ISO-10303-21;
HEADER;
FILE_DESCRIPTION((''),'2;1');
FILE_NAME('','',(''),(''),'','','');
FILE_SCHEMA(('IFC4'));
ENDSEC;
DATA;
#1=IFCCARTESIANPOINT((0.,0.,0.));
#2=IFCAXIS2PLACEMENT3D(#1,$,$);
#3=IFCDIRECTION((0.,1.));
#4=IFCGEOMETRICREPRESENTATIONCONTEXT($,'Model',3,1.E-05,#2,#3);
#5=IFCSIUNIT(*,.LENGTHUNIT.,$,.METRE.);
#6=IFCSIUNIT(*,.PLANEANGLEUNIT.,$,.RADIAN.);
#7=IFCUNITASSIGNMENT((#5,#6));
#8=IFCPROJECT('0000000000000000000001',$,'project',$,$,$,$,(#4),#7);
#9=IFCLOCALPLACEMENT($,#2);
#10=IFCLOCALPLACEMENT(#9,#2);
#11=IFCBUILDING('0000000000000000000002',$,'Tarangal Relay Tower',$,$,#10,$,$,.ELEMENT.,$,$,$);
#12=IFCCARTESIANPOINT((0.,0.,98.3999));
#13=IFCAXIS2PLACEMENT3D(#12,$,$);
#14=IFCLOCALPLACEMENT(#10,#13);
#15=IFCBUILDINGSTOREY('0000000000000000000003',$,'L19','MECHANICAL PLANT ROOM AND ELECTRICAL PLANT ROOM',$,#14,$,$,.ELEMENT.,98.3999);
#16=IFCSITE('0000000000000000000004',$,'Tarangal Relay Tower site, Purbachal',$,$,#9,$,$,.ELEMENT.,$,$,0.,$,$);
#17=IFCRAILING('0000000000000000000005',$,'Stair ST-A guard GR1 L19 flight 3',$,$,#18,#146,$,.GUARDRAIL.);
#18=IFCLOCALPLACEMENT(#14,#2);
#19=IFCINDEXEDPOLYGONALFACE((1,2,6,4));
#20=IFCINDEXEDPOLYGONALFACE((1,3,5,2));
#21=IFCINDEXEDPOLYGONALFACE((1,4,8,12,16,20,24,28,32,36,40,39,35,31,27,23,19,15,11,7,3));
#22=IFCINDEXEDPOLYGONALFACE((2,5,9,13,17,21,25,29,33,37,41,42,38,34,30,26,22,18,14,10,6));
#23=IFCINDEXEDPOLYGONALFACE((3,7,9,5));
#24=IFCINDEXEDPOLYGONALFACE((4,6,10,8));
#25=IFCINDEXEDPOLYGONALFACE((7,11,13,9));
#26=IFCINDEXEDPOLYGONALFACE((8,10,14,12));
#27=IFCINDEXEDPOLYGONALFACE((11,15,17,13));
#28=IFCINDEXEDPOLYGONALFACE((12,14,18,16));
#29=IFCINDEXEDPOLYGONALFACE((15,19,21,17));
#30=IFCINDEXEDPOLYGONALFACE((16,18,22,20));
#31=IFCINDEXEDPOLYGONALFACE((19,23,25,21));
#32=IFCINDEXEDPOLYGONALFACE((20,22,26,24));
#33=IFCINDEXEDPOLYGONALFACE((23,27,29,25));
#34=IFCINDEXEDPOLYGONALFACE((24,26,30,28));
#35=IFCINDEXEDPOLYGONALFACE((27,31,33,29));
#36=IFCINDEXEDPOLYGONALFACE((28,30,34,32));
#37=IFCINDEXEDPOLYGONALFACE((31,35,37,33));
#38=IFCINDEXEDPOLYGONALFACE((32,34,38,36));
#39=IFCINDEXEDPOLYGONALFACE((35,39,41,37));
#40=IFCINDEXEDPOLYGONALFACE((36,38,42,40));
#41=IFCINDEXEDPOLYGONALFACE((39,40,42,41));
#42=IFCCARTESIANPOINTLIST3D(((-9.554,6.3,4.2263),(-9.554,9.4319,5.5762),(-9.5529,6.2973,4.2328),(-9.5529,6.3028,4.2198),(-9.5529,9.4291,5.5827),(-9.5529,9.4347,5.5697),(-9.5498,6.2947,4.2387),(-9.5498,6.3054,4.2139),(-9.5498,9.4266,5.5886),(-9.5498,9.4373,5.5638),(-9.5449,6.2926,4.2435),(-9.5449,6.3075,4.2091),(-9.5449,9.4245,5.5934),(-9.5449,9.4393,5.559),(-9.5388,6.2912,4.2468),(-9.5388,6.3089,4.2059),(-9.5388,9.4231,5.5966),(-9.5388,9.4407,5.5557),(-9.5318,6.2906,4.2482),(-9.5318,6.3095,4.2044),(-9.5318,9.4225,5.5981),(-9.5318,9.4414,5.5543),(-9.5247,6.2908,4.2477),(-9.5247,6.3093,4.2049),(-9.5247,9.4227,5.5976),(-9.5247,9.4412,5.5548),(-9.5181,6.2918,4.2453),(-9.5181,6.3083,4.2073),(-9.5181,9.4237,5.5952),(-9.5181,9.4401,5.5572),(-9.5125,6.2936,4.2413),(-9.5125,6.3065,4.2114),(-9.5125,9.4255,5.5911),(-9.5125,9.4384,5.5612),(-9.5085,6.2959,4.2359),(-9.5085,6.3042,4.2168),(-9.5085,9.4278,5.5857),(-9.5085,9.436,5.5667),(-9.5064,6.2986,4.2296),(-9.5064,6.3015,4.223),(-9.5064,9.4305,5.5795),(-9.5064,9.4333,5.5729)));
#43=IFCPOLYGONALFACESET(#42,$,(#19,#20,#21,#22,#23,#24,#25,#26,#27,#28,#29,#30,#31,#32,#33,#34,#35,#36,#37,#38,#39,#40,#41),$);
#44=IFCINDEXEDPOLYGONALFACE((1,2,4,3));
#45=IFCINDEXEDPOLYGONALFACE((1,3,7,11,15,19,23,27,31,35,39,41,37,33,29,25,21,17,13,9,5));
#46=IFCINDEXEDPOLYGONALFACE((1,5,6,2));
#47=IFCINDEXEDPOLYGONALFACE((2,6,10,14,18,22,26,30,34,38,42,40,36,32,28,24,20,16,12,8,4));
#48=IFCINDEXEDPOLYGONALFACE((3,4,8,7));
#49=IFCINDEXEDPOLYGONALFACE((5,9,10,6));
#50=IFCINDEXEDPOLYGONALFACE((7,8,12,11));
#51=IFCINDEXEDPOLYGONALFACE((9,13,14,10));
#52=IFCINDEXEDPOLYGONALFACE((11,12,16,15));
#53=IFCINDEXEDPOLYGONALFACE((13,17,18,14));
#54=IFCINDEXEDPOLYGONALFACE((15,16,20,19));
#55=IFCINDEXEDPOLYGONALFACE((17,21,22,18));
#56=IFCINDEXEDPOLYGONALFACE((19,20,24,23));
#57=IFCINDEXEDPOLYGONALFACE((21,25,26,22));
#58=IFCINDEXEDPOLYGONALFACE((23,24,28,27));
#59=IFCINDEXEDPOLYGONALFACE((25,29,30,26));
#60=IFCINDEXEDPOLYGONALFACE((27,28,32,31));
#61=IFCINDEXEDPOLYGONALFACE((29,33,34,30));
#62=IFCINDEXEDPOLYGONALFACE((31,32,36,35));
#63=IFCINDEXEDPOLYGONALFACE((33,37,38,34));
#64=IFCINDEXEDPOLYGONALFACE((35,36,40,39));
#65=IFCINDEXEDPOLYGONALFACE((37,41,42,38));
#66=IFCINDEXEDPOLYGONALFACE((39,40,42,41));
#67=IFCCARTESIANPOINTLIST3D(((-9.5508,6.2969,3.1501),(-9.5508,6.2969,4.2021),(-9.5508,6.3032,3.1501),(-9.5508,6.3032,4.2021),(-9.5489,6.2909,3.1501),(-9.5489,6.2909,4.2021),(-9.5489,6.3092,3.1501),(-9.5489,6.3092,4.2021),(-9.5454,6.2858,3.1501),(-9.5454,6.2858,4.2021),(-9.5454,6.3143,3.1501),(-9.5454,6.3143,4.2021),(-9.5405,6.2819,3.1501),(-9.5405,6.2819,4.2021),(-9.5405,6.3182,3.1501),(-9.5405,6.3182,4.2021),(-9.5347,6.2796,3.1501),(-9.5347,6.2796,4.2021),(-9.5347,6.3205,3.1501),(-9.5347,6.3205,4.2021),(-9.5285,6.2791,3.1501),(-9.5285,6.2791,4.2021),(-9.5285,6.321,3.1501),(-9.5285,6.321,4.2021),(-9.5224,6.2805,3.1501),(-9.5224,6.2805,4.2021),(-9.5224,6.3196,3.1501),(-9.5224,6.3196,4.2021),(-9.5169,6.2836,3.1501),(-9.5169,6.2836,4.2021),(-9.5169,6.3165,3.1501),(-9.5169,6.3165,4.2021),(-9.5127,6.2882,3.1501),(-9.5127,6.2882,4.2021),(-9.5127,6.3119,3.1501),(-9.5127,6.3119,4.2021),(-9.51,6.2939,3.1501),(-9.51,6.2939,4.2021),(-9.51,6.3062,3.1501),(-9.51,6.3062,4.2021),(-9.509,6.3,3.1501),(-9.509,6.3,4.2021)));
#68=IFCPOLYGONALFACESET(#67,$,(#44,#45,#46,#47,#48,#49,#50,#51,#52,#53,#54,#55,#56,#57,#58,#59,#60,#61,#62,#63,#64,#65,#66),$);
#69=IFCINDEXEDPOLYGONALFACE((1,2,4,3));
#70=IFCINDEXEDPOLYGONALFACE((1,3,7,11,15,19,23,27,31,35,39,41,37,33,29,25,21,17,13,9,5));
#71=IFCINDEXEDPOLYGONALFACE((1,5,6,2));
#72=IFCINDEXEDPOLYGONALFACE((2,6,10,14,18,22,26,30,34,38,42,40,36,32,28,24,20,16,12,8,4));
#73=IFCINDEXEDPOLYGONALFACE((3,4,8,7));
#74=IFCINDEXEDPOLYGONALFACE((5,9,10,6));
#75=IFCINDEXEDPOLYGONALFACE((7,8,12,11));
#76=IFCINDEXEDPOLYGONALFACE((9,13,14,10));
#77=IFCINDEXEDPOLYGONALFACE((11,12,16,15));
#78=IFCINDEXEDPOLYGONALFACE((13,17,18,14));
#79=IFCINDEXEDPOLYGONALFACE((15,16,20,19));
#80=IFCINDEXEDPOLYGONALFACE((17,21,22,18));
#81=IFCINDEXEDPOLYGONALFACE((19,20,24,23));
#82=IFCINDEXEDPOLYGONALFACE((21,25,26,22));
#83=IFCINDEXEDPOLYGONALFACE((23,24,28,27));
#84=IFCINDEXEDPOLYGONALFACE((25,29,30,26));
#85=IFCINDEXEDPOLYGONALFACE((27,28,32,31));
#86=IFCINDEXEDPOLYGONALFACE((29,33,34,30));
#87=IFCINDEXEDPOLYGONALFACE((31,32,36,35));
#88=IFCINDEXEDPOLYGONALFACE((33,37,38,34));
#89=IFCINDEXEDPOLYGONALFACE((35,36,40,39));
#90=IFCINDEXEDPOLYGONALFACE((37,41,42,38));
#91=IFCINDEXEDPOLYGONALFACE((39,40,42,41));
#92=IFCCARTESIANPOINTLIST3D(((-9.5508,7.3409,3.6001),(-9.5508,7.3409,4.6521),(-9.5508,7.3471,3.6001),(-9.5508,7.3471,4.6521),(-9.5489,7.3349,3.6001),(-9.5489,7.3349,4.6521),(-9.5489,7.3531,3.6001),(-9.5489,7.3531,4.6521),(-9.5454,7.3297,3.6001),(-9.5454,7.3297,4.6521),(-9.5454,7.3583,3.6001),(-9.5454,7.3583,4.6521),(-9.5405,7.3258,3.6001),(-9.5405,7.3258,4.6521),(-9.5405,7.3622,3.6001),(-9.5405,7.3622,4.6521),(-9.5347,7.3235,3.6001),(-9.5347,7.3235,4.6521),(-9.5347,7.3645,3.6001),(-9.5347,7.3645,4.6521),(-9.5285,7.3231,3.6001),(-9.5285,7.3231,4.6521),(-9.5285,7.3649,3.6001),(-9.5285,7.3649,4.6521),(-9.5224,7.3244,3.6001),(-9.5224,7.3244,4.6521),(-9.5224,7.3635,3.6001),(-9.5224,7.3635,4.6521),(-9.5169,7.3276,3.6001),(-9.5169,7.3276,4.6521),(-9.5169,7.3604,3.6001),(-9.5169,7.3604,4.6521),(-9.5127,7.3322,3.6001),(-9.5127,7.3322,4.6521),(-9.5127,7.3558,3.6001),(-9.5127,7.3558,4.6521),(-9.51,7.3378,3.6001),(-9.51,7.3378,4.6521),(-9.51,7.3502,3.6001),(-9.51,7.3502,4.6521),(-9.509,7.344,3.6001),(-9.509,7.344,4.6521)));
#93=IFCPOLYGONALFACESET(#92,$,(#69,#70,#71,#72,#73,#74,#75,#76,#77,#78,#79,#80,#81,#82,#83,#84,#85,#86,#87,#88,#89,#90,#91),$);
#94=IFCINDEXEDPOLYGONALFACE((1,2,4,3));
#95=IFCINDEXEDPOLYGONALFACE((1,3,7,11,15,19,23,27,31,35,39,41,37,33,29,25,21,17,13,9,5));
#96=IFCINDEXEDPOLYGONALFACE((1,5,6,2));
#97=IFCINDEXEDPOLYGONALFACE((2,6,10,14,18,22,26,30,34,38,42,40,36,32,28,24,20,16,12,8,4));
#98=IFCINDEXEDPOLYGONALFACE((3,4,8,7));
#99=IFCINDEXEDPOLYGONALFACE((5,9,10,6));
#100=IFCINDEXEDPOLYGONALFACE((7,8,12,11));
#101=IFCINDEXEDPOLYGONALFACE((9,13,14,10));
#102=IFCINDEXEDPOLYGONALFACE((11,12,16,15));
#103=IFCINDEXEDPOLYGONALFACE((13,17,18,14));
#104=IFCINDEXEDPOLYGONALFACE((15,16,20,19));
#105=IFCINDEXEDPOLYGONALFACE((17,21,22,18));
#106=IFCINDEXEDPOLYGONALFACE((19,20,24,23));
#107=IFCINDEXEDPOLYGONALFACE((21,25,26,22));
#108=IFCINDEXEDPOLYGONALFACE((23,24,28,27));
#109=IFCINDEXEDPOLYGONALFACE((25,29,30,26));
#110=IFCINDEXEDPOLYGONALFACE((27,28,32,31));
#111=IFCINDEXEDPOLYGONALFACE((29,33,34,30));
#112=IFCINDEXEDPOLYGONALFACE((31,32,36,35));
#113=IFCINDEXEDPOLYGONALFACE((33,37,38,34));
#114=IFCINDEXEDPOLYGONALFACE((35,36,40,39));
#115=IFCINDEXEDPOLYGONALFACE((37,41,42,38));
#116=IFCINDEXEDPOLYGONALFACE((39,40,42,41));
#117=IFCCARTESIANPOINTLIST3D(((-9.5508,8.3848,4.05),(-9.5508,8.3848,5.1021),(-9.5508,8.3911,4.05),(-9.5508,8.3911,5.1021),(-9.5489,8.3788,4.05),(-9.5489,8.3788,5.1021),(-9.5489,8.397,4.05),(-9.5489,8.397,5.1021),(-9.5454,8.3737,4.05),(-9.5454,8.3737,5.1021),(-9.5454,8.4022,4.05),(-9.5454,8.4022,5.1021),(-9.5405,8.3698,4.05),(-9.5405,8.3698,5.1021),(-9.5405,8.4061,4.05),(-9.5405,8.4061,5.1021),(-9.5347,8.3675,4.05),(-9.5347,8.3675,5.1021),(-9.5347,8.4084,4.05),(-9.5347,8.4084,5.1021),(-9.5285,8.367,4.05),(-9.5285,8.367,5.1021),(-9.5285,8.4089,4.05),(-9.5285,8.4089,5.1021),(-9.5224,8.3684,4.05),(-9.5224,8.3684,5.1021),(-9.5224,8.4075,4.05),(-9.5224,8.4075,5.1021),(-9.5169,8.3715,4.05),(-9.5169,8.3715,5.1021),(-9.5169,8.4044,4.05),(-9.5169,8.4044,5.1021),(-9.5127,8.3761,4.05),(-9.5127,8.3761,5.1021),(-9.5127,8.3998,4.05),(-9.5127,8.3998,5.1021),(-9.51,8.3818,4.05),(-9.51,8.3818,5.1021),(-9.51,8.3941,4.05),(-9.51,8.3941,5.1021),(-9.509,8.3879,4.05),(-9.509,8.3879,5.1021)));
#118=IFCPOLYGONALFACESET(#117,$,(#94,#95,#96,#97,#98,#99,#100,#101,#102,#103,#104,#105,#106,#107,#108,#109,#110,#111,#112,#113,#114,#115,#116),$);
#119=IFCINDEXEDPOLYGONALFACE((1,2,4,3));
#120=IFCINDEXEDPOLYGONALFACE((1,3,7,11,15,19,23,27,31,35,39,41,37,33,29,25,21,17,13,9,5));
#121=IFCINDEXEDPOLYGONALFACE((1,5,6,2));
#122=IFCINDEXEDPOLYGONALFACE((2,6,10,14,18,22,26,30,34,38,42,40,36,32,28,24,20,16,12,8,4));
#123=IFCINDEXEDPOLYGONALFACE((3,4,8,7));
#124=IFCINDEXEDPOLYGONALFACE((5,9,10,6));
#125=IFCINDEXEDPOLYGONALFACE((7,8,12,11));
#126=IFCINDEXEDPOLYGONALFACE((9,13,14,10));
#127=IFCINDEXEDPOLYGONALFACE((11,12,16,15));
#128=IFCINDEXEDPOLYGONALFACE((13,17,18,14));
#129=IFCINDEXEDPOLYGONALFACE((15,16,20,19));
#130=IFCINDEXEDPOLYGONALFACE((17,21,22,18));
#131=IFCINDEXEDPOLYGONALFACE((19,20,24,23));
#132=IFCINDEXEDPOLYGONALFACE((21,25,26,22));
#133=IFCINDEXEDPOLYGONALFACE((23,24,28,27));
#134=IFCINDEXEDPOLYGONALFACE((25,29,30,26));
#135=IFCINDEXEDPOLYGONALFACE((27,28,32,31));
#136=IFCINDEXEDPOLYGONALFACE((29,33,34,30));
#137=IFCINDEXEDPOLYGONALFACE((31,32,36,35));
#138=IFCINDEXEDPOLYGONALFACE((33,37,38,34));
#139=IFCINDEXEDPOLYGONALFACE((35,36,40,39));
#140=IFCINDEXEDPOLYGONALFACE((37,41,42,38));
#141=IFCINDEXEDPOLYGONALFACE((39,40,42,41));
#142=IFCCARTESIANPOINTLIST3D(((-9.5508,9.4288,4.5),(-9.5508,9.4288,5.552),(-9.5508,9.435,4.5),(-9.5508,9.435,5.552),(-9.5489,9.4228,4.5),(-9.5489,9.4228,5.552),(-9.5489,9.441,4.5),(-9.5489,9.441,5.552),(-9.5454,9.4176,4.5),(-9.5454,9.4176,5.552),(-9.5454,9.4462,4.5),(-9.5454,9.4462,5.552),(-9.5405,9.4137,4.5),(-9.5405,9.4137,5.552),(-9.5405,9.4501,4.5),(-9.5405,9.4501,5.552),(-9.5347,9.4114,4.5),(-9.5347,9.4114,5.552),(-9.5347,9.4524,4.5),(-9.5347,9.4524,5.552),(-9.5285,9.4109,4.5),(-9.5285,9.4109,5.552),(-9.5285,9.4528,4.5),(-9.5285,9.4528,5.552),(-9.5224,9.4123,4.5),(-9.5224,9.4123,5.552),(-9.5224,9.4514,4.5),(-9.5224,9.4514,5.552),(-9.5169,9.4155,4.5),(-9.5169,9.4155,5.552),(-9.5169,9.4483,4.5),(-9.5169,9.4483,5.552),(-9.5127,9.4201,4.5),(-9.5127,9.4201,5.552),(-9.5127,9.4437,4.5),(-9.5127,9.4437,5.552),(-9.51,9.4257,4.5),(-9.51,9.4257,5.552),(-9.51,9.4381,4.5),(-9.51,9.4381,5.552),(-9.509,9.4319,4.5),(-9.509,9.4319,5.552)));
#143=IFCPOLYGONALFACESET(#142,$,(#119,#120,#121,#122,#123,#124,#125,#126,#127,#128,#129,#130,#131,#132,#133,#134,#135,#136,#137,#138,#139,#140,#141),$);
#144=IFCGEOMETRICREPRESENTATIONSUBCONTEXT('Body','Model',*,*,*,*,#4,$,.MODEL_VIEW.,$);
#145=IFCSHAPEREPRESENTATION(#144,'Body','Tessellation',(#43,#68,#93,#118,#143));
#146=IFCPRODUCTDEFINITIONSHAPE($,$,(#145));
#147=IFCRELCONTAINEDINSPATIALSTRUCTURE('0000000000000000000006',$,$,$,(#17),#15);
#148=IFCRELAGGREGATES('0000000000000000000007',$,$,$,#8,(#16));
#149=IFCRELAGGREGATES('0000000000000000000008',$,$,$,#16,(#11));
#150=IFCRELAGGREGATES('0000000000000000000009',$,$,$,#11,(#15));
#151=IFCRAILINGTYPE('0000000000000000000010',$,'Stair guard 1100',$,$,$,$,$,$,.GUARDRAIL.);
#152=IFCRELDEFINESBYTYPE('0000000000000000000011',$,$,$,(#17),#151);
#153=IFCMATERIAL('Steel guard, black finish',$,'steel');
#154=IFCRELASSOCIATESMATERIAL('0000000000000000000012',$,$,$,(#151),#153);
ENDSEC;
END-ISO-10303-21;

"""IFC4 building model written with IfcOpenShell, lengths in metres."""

from ifc_helpers import new_model, si_unit, direction, frame, origin, origin_2d, place, context, subcontext, project, spatial, circle, extrude, material, type_object, element, save


model = new_model("IFC4")

# Units and contexts
model_context = context("Model", 3, precision=1e-05, world=origin(), true_north=direction((0.0, 1.0)))
body_context = subcontext(model_context, "Body", "Model", "MODEL_VIEW")
ifc_project = project(units=[si_unit("LENGTHUNIT", "METRE"), si_unit("PLANEANGLEUNIT", "RADIAN")], contexts=[model_context])

# Site, building, storey
site_placement = place(None, origin())
site = spatial("IfcSite", under=ifc_project, at=site_placement, Name="Tarangal Relay Tower site, Purbachal", CompositionType="ELEMENT", RefElevation=0.0)
building_placement = place(site_placement, origin())
building = spatial("IfcBuilding", under=site, at=building_placement, Name="Tarangal Relay Tower", CompositionType="ELEMENT")
storey_placement = place(building_placement, frame((0.0, 0.0, 98.3999)))
storey = spatial("IfcBuildingStorey", under=building, at=storey_placement, Name="L19", Description="MECHANICAL PLANT ROOM AND ELECTRICAL PLANT ROOM", CompositionType="ELEMENT", Elevation=98.3999)

# Railing
ifc_material_1 = material(Name="Steel guard, black finish", Category="steel")
railing_type = type_object("IfcRailingType", Name="Stair guard 1100", PredefinedType="GUARDRAIL", material=ifc_material_1)
railing_1_placement = place(storey_placement, frame((-9.53, 6.3, 3.1501)))
element("IfcRailing", 1, at=railing_1_placement, inside=storey, type_object=railing_type, Name="Stair ST-A guard GR1 L19 flight 3", PredefinedType="GUARDRAIL", context=body_context, shape_type="SweptSolid", body=[
    extrude(circle(Radius=0.0239, at=origin_2d()), frame((0.0, 0.0, 1.0762), z_axis=(0.0, 0.918332, 0.395811), x_axis=(-1.0, 0.0, 0.0)), (0.0, 0.0, 1.0), 3.4104),
    extrude(circle(Radius=0.021, at=origin_2d()), origin(), (0.0, 0.0, 1.0), 1.052),
    extrude(circle(Radius=0.021, at=origin_2d()), frame((0.0, 1.0439, 0.45)), (0.0, 0.0, 1.0), 1.052),
    extrude(circle(Radius=0.021, at=origin_2d()), frame((0.0, 2.0879, 0.8999)), (0.0, 0.0, 1.0), 1.052),
    extrude(circle(Radius=0.021, at=origin_2d()), frame((0.0, 3.1318, 1.3499)), (0.0, 0.0, 1.0), 1.052),
])

save(model, "model.ifc")
